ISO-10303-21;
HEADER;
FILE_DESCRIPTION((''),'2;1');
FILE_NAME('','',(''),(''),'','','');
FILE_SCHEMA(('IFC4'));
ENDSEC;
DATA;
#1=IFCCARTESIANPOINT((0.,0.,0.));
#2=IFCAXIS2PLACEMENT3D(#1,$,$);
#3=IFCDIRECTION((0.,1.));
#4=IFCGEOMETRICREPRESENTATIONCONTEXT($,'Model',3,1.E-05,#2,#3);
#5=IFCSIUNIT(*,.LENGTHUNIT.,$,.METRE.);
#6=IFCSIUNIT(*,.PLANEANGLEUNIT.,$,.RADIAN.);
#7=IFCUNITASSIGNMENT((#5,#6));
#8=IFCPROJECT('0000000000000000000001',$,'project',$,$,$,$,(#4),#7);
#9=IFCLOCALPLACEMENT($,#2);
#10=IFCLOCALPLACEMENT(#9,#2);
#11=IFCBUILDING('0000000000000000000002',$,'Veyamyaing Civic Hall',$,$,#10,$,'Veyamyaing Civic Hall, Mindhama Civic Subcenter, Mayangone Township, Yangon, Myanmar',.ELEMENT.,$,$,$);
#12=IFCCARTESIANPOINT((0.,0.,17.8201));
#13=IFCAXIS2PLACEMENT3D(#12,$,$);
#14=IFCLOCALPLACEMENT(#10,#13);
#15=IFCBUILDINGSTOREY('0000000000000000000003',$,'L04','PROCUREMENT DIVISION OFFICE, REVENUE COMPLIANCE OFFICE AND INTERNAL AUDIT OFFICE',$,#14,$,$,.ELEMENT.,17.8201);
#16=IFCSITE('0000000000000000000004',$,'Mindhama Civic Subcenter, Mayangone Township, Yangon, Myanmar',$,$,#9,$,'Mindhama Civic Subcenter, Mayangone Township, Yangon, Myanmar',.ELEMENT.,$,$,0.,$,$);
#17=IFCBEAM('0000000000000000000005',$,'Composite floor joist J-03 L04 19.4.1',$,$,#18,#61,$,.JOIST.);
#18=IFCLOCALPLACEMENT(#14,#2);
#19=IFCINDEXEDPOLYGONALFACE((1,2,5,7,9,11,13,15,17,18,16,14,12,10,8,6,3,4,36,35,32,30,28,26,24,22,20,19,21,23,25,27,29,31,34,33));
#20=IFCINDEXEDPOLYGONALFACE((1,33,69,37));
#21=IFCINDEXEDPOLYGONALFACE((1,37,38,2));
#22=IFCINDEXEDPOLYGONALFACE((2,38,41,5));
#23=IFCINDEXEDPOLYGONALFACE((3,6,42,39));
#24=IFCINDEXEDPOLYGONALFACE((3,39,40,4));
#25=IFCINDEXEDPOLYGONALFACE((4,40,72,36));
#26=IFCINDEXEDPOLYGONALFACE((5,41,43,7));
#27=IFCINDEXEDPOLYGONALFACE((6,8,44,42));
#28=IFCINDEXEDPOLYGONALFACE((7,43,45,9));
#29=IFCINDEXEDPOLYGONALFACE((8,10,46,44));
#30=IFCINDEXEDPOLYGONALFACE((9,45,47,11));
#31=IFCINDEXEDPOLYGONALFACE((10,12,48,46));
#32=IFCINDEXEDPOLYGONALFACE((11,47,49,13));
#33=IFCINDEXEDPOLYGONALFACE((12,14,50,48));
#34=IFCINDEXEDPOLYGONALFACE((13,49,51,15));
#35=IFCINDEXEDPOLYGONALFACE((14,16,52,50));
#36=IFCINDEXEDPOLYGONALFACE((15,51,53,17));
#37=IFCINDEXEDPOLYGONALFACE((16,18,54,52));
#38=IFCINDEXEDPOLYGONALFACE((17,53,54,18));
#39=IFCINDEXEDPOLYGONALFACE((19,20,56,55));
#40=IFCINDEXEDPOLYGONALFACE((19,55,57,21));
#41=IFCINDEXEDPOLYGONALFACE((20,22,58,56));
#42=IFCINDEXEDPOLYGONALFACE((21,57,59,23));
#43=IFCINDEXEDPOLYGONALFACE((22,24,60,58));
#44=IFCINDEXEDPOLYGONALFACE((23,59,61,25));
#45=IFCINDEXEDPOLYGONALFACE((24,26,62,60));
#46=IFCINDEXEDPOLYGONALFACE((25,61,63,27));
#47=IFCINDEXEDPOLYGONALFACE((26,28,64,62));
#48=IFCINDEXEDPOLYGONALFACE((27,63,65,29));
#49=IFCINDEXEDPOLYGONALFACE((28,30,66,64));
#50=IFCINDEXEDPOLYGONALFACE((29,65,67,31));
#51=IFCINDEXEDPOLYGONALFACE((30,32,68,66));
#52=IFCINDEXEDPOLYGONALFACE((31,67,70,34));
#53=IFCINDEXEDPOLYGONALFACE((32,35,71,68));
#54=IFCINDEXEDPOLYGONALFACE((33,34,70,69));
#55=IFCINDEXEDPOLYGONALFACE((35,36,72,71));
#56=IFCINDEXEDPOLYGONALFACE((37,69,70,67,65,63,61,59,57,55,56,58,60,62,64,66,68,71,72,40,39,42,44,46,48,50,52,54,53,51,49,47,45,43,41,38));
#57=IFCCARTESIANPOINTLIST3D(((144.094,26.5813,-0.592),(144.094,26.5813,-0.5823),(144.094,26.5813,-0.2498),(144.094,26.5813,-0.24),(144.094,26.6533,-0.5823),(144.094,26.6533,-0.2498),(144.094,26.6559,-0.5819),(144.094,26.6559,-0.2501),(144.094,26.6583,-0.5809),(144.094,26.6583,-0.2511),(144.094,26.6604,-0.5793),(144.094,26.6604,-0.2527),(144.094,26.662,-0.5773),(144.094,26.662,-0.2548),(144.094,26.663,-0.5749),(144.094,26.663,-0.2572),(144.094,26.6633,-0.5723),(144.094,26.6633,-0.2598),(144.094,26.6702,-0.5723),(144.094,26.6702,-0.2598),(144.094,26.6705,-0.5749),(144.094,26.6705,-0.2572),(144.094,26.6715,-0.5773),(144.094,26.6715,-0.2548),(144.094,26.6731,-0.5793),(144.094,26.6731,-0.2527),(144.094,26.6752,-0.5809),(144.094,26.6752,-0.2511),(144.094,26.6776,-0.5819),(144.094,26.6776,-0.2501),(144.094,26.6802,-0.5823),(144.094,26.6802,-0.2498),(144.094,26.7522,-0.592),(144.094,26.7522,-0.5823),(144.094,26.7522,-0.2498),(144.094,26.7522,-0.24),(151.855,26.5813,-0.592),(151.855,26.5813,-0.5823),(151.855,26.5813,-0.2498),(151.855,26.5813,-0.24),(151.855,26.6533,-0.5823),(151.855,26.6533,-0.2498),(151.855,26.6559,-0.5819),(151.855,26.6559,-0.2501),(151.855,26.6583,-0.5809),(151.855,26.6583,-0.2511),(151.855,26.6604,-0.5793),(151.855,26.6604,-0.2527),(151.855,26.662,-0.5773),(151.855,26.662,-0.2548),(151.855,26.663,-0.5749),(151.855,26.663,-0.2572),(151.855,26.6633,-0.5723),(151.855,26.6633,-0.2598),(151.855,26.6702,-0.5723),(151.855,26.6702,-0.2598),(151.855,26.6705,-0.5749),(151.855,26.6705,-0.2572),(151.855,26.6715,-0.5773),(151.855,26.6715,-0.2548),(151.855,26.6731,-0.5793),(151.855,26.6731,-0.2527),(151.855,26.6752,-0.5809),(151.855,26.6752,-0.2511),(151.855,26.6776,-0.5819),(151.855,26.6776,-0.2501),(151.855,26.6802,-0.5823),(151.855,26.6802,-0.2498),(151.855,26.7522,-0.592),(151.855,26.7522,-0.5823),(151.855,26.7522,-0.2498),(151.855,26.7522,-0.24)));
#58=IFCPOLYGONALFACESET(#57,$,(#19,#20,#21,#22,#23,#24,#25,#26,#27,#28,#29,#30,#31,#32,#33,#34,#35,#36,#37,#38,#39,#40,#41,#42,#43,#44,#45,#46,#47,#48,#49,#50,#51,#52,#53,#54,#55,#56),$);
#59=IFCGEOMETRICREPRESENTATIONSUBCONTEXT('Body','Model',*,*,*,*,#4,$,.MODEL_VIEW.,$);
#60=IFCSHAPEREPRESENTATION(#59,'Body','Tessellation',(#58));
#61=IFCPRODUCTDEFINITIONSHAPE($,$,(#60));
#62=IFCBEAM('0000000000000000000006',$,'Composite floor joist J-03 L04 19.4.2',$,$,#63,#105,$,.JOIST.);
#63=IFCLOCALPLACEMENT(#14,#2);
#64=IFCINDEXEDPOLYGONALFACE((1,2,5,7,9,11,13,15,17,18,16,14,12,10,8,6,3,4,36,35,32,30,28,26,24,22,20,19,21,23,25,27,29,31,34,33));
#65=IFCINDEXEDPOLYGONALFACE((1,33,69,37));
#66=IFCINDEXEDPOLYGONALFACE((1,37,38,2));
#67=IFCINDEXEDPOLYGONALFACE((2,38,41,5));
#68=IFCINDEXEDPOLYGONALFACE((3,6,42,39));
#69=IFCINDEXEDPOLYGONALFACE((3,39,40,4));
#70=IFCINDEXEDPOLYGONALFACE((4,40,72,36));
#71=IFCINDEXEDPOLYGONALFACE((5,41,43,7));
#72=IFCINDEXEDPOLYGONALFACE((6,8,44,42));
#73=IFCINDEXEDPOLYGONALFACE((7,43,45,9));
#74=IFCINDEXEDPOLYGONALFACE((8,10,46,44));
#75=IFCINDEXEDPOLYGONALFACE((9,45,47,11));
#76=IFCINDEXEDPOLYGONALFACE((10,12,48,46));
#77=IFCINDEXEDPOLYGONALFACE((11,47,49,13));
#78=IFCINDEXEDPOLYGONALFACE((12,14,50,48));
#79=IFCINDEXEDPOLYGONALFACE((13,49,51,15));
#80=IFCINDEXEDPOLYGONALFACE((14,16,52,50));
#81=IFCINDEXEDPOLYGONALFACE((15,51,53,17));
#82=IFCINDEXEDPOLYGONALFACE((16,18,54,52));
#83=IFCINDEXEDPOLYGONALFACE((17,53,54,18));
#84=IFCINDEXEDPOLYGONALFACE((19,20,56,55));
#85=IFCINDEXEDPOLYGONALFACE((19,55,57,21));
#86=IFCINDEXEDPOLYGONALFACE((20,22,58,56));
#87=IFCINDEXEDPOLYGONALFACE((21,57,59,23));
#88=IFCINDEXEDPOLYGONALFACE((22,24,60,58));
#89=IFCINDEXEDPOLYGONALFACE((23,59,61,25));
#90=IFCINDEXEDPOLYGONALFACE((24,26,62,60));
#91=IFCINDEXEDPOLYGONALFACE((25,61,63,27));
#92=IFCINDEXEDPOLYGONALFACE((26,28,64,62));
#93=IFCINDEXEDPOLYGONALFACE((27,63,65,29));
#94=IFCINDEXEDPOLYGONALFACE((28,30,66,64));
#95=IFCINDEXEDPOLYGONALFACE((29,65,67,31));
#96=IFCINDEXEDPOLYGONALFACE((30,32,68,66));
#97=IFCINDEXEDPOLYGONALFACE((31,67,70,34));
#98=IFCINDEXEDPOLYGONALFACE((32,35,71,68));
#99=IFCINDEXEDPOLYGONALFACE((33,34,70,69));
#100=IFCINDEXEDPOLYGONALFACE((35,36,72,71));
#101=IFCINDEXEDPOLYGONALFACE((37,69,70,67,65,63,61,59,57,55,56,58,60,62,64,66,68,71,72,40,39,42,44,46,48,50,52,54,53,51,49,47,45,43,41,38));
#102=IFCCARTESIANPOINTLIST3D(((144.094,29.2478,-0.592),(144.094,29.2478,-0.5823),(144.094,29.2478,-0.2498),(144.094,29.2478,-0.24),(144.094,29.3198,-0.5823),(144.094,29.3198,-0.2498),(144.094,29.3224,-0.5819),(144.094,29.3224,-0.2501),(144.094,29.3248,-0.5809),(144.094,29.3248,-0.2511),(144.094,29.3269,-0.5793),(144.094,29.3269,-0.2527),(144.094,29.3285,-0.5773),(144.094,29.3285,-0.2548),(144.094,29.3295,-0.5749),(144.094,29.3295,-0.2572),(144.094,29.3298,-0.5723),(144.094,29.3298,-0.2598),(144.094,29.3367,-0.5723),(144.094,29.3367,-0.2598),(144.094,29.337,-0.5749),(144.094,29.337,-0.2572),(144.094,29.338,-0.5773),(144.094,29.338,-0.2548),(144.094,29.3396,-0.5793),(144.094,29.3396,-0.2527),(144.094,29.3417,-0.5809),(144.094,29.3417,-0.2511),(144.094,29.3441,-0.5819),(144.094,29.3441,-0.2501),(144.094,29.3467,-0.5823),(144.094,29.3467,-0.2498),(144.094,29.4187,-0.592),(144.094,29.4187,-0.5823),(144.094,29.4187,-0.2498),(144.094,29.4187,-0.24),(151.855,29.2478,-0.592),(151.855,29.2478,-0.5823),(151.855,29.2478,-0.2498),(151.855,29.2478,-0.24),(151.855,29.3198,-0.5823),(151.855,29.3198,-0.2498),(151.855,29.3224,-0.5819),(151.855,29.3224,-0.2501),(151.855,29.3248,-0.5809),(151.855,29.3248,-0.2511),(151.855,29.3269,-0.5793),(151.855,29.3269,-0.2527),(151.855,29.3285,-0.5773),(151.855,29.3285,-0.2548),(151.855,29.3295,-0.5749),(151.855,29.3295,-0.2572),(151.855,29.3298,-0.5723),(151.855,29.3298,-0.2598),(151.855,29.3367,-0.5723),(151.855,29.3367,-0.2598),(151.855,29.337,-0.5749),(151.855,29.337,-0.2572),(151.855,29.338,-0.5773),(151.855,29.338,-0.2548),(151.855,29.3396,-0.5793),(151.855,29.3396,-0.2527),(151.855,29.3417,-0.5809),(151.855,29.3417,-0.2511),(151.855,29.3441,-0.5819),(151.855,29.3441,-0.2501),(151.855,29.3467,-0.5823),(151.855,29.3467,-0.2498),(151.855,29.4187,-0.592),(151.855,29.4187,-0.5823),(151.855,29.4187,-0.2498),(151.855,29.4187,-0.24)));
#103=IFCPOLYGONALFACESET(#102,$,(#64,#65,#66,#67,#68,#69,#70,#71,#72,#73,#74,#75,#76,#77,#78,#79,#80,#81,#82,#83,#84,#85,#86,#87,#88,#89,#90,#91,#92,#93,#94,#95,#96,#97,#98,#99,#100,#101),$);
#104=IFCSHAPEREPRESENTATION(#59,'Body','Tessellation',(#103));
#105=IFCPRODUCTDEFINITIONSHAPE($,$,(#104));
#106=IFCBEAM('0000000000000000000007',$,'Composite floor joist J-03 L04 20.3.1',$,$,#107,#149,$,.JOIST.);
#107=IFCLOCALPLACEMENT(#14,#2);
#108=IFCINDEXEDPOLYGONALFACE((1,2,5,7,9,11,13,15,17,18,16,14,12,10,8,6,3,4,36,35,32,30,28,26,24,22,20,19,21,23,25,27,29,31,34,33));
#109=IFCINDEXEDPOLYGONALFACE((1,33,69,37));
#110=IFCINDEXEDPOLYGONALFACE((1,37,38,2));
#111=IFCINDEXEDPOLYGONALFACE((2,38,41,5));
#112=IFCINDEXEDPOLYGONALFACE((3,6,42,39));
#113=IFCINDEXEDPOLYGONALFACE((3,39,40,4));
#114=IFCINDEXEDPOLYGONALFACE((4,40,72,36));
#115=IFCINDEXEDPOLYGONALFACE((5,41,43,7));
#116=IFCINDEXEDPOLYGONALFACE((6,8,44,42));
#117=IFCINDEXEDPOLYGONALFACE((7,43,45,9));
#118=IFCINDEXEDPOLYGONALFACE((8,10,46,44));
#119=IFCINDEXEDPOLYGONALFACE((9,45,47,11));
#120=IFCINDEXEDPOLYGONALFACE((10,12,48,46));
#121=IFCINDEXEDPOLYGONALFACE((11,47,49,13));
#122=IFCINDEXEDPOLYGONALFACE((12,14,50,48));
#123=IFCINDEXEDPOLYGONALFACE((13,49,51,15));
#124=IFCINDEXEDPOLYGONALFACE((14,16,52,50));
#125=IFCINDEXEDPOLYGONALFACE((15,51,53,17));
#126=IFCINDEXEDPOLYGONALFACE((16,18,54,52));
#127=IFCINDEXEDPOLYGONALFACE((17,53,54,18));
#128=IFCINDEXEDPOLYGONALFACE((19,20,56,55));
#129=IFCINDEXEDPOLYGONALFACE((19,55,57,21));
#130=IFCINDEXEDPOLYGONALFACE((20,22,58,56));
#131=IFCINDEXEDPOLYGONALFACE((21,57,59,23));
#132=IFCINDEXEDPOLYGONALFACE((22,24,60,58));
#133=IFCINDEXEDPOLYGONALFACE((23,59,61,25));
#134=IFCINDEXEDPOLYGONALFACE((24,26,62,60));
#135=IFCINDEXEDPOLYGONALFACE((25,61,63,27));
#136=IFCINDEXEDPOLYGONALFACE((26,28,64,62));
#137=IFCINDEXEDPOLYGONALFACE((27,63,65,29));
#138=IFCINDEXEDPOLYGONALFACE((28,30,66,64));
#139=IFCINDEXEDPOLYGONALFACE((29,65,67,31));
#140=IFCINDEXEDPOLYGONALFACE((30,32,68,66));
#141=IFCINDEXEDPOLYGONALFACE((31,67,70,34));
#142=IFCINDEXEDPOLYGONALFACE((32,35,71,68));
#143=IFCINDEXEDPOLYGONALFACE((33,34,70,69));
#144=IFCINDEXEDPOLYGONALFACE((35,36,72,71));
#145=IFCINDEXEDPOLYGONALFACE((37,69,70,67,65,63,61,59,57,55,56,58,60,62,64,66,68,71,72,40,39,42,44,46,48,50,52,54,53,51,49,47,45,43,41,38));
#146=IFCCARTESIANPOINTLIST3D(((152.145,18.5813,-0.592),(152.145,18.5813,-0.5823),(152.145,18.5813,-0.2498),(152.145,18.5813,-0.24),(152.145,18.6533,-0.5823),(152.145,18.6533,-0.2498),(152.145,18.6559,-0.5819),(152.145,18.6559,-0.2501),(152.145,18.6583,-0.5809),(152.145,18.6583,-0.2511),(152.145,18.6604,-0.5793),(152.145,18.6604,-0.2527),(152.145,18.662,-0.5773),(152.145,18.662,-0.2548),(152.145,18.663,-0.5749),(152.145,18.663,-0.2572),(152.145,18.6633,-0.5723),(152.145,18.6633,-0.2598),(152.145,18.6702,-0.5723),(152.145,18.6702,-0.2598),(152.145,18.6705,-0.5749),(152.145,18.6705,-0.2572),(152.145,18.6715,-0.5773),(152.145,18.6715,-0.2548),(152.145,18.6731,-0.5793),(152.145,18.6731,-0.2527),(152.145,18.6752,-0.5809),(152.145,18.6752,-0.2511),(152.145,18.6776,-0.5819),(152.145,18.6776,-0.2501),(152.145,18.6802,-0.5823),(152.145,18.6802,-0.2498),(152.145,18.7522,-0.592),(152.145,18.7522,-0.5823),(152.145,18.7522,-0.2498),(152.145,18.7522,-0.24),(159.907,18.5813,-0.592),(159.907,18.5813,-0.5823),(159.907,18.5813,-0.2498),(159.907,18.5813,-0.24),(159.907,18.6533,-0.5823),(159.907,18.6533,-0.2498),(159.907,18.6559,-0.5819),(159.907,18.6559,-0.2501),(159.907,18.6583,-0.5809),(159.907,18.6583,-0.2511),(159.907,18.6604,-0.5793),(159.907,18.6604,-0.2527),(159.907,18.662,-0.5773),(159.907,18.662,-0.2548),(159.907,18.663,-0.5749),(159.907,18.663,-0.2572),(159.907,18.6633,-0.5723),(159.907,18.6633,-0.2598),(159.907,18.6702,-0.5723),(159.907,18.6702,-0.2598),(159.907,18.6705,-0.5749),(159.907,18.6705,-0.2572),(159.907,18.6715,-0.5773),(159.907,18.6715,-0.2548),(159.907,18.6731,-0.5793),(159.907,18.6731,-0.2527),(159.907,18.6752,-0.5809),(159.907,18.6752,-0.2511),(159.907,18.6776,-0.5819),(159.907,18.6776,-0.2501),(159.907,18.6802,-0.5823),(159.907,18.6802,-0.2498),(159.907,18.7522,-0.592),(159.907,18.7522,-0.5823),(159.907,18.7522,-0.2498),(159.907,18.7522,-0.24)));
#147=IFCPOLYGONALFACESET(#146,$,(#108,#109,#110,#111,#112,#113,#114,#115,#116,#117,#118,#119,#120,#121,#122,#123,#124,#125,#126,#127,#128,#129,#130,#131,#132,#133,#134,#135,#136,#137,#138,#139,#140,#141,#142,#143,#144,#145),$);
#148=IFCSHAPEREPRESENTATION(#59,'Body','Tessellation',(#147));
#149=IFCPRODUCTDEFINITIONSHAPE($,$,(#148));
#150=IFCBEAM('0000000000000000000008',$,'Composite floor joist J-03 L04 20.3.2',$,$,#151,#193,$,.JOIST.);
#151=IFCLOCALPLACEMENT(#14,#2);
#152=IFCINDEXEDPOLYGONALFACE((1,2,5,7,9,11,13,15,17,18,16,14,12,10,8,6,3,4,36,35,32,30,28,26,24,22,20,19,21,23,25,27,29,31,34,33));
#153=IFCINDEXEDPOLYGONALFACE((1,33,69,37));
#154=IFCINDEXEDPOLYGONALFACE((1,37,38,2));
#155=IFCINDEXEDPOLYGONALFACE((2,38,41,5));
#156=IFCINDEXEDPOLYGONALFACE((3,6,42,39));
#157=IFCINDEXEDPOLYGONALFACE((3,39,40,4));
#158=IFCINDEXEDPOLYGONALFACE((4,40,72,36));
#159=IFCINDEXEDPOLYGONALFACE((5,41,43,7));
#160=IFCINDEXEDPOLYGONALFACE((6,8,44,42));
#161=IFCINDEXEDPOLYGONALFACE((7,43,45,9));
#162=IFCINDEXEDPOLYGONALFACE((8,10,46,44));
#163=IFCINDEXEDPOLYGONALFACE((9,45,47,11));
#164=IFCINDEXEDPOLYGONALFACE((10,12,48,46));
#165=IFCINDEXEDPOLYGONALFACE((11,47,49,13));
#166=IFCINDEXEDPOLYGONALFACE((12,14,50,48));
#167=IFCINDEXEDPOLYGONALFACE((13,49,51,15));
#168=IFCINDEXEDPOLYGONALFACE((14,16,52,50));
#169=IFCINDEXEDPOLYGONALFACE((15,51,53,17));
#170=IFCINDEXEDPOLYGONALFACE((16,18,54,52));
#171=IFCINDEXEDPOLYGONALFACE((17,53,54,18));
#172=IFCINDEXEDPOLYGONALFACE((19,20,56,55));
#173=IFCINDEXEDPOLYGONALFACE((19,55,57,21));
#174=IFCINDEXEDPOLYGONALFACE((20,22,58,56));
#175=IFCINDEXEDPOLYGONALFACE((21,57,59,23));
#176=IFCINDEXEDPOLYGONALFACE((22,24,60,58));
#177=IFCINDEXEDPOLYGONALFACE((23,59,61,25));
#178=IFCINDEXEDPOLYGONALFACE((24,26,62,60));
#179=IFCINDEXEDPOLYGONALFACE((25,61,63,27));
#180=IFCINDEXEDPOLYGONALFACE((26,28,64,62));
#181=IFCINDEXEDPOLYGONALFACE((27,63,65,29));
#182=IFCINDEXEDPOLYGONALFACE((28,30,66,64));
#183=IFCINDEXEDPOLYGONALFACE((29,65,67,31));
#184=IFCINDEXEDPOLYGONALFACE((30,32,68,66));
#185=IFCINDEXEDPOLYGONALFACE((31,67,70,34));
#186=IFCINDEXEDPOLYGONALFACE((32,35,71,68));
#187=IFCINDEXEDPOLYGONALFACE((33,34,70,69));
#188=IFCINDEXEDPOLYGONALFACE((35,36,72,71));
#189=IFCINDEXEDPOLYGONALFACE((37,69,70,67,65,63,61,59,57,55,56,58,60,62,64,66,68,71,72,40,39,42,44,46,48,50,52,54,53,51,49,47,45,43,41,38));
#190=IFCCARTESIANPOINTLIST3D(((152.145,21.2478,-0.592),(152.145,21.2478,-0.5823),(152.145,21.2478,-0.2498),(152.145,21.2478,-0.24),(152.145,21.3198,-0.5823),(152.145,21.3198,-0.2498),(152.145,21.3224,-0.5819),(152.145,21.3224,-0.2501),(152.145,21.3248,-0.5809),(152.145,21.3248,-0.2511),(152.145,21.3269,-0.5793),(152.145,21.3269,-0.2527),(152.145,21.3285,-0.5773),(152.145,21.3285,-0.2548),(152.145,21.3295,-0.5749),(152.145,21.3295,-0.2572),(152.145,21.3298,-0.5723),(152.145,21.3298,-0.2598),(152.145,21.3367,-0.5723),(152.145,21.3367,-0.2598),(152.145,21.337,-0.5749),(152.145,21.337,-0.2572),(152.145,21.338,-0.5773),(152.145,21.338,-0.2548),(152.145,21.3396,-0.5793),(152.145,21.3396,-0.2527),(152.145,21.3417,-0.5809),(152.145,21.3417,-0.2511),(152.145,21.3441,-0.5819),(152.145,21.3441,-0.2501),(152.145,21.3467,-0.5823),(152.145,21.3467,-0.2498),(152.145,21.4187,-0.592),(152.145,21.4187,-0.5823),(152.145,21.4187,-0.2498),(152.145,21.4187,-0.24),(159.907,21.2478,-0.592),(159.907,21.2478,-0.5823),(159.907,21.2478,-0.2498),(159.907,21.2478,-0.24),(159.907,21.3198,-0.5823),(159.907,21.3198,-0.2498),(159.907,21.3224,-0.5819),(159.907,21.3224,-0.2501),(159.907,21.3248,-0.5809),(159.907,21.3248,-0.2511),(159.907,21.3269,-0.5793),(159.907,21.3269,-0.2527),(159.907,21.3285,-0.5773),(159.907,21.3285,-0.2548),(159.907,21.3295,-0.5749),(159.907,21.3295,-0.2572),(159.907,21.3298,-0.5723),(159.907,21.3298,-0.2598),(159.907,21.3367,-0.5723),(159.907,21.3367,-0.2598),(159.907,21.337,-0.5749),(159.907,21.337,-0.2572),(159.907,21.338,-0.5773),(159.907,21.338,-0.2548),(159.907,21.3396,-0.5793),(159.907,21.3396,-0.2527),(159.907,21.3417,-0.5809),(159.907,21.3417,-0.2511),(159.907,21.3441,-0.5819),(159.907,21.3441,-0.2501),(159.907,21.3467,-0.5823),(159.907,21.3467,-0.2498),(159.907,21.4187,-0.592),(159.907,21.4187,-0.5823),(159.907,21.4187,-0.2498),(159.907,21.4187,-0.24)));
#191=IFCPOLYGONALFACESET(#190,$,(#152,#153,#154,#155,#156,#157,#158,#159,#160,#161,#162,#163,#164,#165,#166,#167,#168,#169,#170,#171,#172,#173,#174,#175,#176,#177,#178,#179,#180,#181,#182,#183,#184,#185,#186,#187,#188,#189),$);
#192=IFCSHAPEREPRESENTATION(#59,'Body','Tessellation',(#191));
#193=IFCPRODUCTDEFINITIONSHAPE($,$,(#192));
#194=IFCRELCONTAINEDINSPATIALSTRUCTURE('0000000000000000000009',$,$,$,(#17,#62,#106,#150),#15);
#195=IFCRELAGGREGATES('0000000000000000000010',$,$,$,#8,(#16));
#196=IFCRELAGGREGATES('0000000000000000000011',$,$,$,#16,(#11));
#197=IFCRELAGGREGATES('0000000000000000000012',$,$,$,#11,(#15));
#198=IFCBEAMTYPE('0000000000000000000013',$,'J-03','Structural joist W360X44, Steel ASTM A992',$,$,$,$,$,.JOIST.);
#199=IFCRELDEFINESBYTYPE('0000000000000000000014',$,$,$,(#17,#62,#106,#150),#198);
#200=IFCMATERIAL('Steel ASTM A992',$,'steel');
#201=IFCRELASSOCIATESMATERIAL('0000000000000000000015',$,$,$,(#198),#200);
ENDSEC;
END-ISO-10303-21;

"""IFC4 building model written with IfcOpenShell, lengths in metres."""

from ifc_helpers import new_model, si_unit, direction, frame, origin, origin_2d, place, context, subcontext, project, spatial, i_section, extrude, material, material_profile, profile_set, type_object, element, save


model = new_model("IFC4")

# Units and contexts
model_context = context("Model", 3, precision=1e-05, world=origin(), true_north=direction((0.0, 1.0)))
body_context = subcontext(model_context, "Body", "Model", "MODEL_VIEW")
ifc_project = project(units=[si_unit("LENGTHUNIT", "METRE"), si_unit("PLANEANGLEUNIT", "RADIAN")], contexts=[model_context])

# Site, building, storey
site_placement = place(None, origin())
site = spatial("IfcSite", under=ifc_project, at=site_placement, Name="Mindhama Civic Subcenter, Mayangone Township, Yangon, Myanmar", LongName="Mindhama Civic Subcenter, Mayangone Township, Yangon, Myanmar", CompositionType="ELEMENT", RefElevation=0.0)
building_placement = place(site_placement, origin())
building = spatial("IfcBuilding", under=site, at=building_placement, Name="Veyamyaing Civic Hall", LongName="Veyamyaing Civic Hall, Mindhama Civic Subcenter, Mayangone Township, Yangon, Myanmar", CompositionType="ELEMENT")
storey_placement = place(building_placement, frame((0.0, 0.0, 17.8201)))
storey = spatial("IfcBuildingStorey", under=building, at=storey_placement, Name="L04", Description="PROCUREMENT DIVISION OFFICE, REVENUE COMPLIANCE OFFICE AND INTERNAL AUDIT OFFICE", CompositionType="ELEMENT", Elevation=17.8201)

# Beams
ifc_material_1 = material(Name="Steel ASTM A992", Category="steel")
ifc_material_profile_1 = material_profile(ifc_material_1, i_section(OverallWidth=0.1709, OverallDepth=0.3521, WebThickness=0.0068, FlangeThickness=0.0098, FilletRadius=0.01, at=origin_2d()), Name="W360X44")
ifc_profile_set_1 = profile_set([ifc_material_profile_1], Name="Steel ASTM A992")
beam_type_1 = type_object("IfcBeamType", Name="J-03", Description="Structural joist W360X44, Steel ASTM A992", PredefinedType="JOIST", material=ifc_profile_set_1)
for number, where, z_axis, x_axis, name in (
    (1, (144.094, 26.6667, -0.416), (1.0, 0.0, 0.0), (0.0, 1.0, 0.0), "Composite floor joist J-03 L04 19.4.1"),
    (2, (144.094, 29.3333, -0.416), (1.0, 0.0, 0.0), (0.0, 1.0, 0.0), "Composite floor joist J-03 L04 19.4.2"),
):
    element("IfcBeam", number, at=place(storey_placement, frame(where, z_axis=z_axis, x_axis=x_axis)), inside=storey, type_object=beam_type_1, Name=name, PredefinedType="JOIST", context=body_context, shape_type="SweptSolid", body=[
        extrude(i_section(OverallWidth=0.1709, OverallDepth=0.3521, WebThickness=0.0068, FlangeThickness=0.0098, FilletRadius=0.01, at=origin_2d()), origin(), (0.0, 0.0, 1.0), 7.761),
    ])
for number, where, z_axis, x_axis, name in (
    (3, (152.145, 18.6667, -0.416), (1.0, 0.0, 0.0), (0.0, 1.0, 0.0), "Composite floor joist J-03 L04 20.3.1"),
    (4, (152.145, 21.3333, -0.416), (1.0, 0.0, 0.0), (0.0, 1.0, 0.0), "Composite floor joist J-03 L04 20.3.2"),
):
    element("IfcBeam", number, at=place(storey_placement, frame(where, z_axis=z_axis, x_axis=x_axis)), inside=storey, type_object=beam_type_1, Name=name, PredefinedType="JOIST", context=body_context, shape_type="SweptSolid", body=[
        extrude(i_section(OverallWidth=0.1709, OverallDepth=0.3521, WebThickness=0.0068, FlangeThickness=0.0098, FilletRadius=0.01, at=origin_2d()), origin(), (0.0, 0.0, 1.0), 7.762),
    ])

save(model, "model.ifc")
